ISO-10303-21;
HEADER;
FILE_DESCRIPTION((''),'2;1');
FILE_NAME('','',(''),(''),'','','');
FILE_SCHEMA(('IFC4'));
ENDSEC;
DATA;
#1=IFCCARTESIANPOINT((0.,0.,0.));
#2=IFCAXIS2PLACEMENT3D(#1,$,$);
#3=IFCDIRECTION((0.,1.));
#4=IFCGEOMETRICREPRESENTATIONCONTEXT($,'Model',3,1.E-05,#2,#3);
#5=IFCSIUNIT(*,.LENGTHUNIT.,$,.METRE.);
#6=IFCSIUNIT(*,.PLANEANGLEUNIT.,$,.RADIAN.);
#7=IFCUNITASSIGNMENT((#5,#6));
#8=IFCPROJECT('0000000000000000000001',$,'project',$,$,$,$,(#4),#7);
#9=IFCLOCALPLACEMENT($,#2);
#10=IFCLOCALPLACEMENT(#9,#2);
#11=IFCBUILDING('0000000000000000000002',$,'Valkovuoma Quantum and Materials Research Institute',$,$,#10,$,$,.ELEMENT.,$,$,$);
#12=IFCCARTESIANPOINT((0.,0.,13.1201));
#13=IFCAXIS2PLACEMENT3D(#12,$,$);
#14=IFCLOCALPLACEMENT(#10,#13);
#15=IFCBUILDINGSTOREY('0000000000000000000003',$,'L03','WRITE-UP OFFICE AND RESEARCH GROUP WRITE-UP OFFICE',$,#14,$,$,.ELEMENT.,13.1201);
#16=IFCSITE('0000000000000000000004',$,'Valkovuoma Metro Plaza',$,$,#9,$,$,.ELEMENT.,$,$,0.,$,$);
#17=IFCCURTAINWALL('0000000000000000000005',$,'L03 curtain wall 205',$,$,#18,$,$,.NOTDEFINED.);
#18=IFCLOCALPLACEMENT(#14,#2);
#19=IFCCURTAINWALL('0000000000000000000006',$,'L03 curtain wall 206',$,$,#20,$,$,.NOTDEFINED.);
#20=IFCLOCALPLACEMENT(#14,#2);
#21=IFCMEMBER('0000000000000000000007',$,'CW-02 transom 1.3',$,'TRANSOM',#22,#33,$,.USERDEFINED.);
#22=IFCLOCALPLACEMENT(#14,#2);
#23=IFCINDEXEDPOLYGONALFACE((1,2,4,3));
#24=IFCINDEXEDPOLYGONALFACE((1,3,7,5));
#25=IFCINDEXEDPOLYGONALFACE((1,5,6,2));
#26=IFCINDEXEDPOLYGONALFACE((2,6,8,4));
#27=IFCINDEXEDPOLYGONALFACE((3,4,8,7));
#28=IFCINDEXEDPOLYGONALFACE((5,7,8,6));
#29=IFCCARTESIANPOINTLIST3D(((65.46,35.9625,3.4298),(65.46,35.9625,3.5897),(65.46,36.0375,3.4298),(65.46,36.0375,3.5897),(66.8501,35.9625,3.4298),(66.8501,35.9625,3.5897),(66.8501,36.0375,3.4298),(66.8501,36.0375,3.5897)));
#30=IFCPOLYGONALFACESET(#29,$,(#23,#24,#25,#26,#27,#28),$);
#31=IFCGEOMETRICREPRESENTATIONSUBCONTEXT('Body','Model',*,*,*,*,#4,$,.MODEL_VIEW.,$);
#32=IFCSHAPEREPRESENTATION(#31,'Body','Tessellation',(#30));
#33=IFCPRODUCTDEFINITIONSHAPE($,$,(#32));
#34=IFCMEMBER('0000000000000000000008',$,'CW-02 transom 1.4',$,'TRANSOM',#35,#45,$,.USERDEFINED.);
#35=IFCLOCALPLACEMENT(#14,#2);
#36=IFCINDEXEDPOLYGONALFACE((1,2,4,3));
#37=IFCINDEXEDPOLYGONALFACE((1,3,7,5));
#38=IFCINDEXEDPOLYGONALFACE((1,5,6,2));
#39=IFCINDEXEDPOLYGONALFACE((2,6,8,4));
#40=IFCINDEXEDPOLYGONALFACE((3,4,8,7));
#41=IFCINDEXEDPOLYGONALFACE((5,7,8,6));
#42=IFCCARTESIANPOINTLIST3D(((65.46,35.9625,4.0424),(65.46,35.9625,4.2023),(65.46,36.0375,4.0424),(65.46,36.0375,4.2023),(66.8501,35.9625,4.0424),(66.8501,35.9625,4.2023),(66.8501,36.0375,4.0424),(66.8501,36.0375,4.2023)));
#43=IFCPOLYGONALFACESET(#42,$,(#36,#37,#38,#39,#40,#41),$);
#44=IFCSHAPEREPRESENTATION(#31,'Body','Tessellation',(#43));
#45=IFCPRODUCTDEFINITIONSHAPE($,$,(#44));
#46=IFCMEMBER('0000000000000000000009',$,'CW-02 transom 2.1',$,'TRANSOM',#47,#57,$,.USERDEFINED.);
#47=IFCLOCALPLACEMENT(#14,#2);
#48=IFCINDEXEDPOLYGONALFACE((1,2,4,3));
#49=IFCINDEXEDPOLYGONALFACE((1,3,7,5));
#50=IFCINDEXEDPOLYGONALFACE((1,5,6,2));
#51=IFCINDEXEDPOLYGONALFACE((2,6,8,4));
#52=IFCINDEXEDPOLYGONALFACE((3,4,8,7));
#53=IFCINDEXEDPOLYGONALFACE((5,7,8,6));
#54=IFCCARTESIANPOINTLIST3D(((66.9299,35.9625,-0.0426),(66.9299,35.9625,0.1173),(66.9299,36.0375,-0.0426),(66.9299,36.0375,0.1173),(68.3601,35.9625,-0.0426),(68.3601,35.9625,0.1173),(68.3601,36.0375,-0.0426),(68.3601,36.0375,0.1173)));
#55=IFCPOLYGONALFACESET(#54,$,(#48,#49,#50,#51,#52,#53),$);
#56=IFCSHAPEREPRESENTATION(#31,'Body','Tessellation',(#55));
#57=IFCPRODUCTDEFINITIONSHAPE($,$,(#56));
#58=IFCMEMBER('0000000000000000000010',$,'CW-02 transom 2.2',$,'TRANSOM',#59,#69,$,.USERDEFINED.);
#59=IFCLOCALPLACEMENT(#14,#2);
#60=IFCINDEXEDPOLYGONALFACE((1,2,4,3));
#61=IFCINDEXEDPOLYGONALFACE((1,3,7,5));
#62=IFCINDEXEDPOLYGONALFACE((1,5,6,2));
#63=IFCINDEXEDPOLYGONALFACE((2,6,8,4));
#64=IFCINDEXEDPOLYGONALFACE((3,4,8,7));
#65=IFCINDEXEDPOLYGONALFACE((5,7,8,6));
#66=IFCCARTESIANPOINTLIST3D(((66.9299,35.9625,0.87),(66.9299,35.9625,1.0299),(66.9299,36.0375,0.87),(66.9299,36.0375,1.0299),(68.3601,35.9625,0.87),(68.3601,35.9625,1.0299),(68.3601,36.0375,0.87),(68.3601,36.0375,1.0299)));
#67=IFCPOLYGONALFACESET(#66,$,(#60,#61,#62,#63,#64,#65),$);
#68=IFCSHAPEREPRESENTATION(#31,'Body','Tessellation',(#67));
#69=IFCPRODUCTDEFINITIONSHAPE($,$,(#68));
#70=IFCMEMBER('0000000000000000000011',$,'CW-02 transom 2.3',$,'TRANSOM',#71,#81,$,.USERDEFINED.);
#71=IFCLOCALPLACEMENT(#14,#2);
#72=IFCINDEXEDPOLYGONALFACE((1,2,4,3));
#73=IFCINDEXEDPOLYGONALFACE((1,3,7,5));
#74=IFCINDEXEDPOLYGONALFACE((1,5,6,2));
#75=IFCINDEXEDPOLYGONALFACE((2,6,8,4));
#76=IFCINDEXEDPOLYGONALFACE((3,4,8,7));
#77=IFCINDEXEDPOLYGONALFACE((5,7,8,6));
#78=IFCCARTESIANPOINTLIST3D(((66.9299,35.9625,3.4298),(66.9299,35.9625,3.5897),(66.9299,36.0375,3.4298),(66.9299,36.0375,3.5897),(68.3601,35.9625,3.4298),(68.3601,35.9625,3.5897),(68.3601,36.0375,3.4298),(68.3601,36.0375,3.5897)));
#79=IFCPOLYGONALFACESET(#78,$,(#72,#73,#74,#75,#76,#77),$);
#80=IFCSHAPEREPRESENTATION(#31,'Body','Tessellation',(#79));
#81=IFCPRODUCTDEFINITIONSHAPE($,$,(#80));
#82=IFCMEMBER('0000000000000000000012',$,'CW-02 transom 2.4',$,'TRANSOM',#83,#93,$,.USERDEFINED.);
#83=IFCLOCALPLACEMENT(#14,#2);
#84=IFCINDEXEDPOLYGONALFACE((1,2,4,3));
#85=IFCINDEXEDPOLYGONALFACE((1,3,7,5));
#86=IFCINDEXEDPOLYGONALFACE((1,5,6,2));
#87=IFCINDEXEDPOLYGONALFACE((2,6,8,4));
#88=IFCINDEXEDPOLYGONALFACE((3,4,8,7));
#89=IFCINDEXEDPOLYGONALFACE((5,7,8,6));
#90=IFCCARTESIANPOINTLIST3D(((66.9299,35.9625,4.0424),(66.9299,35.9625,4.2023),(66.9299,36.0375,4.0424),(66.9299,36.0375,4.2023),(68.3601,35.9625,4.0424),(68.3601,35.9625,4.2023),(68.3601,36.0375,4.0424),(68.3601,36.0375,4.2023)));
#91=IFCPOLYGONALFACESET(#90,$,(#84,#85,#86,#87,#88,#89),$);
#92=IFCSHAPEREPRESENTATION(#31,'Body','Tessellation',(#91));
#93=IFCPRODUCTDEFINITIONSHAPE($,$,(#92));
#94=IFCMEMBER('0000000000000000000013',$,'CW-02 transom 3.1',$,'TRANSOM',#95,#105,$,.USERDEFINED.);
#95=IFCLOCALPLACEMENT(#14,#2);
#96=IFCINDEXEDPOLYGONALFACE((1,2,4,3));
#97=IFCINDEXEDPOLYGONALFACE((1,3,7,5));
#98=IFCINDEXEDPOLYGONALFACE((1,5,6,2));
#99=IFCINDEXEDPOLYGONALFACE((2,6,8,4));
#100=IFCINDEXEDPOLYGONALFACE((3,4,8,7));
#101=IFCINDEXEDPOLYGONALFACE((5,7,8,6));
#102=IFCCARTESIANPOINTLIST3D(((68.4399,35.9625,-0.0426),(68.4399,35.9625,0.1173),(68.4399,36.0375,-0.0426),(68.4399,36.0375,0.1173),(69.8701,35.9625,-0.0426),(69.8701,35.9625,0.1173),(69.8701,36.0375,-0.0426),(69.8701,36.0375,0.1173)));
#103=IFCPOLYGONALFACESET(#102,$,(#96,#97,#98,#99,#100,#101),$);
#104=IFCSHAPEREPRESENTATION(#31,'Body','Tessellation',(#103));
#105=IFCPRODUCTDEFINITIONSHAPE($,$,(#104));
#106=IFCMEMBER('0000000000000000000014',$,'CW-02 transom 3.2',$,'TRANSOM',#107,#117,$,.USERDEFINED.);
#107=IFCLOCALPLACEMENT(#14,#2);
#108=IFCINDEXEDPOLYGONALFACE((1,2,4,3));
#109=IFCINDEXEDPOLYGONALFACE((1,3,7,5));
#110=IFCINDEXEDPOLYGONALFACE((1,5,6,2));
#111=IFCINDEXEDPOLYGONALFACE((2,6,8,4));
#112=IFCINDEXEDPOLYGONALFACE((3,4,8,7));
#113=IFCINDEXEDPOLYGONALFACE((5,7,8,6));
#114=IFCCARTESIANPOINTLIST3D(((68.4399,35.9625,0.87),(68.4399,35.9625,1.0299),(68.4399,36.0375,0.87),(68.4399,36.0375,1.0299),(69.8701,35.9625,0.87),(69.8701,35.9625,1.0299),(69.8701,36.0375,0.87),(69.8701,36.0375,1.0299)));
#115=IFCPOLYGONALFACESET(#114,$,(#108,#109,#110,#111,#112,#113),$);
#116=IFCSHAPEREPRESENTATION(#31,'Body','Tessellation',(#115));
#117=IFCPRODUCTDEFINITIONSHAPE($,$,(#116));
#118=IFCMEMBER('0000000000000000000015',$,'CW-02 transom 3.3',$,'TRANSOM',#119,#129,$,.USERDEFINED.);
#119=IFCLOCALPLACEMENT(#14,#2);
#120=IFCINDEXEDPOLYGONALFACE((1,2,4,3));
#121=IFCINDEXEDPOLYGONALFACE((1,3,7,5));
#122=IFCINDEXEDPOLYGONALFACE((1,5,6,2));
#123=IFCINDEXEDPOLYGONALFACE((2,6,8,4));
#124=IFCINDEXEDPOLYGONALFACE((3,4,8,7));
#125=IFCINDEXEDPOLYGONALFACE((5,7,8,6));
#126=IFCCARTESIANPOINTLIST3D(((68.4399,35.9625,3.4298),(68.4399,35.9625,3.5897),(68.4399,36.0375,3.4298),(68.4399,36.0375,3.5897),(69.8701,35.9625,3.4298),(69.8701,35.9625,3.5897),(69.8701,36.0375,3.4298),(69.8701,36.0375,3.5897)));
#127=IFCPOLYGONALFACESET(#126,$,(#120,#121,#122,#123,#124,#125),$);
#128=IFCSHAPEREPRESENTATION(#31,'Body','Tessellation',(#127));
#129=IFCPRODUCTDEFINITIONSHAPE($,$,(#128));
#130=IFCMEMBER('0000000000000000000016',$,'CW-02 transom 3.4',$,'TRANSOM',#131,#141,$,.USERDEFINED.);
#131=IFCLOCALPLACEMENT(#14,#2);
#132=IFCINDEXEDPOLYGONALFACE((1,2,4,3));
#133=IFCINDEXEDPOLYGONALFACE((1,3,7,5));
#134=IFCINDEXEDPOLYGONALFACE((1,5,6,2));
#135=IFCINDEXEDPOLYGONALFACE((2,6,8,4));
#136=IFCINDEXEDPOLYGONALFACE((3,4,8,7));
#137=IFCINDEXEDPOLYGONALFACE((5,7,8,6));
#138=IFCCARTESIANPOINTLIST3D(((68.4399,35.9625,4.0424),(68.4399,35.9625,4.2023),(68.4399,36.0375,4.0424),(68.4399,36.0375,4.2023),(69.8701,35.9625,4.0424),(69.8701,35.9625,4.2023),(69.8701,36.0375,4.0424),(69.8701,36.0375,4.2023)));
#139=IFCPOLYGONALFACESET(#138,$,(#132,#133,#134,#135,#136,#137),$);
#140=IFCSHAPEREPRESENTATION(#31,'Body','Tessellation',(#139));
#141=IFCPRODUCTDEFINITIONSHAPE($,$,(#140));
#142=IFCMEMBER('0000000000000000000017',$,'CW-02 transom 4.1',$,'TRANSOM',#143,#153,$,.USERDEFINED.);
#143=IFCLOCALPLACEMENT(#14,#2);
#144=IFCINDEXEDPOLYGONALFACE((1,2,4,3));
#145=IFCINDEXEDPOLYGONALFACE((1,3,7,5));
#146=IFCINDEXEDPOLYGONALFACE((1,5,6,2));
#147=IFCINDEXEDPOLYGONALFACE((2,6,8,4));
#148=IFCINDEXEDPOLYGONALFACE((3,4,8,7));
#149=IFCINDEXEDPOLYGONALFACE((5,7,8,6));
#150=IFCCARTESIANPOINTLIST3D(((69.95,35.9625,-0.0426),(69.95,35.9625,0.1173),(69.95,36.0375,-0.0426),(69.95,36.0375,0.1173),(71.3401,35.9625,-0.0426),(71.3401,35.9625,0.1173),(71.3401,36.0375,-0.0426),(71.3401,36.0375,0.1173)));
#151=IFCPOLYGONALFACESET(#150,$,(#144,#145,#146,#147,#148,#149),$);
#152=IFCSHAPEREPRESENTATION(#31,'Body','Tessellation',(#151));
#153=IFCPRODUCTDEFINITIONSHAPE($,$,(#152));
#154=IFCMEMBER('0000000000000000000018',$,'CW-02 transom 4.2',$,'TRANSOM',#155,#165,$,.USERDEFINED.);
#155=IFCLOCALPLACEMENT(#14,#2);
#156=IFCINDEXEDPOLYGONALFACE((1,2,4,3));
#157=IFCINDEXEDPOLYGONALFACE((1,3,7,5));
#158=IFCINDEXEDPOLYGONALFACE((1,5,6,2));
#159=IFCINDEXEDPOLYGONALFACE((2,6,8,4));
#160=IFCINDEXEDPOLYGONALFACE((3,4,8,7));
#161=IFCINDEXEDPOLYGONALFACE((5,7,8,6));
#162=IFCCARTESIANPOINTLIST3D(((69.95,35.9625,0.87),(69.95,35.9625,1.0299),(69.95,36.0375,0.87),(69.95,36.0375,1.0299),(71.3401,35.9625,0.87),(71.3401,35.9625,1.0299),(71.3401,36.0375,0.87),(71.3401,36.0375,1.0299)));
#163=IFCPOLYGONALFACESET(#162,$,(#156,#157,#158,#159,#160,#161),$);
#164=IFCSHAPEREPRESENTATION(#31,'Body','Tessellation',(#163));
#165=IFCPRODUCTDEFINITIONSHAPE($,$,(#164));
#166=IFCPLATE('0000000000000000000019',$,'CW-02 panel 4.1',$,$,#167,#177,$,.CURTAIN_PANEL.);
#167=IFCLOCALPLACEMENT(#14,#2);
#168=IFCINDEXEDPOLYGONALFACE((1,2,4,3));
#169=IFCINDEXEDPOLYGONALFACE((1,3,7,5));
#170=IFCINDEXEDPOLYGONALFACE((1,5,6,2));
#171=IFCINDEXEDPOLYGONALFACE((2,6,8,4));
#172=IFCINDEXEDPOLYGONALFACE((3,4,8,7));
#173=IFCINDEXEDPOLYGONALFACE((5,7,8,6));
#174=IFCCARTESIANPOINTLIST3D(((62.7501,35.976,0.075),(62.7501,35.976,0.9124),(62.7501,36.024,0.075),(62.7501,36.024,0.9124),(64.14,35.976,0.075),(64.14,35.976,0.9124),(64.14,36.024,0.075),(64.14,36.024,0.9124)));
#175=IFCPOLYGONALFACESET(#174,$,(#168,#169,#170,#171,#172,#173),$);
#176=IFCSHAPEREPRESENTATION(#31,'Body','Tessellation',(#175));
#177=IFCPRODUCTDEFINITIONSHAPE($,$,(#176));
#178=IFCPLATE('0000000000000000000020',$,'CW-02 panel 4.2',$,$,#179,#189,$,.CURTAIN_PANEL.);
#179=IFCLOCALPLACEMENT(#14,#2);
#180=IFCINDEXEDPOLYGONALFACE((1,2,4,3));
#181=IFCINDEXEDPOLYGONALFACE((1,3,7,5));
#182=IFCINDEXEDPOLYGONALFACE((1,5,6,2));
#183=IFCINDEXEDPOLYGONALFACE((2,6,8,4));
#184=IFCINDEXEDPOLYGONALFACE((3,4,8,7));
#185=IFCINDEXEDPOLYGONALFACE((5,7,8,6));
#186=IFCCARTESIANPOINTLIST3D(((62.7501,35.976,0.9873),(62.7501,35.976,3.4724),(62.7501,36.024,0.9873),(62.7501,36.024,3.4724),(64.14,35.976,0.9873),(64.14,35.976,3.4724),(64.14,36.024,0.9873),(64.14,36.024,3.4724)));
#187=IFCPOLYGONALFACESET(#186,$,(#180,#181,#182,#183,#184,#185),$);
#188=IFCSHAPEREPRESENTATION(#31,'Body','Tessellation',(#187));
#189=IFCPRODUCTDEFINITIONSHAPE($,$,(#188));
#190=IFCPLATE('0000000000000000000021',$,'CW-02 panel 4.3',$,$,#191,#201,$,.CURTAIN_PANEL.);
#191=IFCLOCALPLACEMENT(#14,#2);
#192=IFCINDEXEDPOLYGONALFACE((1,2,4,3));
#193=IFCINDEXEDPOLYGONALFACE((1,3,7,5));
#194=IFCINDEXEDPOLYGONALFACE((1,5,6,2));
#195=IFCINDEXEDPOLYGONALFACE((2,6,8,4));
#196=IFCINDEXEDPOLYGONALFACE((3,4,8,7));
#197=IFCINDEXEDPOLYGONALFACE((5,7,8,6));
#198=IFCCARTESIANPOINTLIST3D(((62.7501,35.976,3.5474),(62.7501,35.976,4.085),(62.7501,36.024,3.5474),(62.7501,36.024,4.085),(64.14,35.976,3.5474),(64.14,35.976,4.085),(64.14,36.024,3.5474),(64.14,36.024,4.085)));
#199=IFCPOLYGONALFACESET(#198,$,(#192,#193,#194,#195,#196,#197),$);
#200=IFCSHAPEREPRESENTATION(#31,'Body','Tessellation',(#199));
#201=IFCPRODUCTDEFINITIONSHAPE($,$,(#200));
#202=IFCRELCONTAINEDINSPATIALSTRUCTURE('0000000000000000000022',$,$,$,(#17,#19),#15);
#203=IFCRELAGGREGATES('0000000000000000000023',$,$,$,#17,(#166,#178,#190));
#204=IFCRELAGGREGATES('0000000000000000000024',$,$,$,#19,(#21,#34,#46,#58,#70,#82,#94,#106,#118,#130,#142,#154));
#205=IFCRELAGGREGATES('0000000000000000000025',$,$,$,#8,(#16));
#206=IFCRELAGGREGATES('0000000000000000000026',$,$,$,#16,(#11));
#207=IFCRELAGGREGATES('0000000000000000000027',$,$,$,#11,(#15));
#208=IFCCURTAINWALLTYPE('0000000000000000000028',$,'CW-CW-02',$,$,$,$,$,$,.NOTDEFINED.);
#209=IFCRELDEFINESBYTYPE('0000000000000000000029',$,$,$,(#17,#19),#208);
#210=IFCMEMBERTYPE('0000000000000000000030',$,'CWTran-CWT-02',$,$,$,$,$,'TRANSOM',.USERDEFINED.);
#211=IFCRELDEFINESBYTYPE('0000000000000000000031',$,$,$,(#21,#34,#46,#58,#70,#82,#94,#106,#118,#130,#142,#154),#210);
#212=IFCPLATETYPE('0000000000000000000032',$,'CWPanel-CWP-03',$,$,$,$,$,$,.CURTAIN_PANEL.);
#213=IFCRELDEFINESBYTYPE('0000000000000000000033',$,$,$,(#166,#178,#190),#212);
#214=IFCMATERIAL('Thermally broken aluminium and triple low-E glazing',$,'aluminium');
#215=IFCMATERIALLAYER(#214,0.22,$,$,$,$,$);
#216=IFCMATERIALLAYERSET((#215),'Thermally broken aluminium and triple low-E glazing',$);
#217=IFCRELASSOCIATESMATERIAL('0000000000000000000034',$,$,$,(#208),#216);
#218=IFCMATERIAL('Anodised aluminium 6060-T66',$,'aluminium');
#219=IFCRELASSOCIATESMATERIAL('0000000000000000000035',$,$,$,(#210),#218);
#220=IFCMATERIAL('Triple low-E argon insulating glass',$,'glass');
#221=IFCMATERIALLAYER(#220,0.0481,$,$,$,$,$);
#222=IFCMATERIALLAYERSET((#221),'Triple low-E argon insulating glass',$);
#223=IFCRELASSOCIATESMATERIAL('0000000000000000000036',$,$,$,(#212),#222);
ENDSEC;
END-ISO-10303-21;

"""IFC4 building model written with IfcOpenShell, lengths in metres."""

from ifc_helpers import new_model, si_unit, direction, frame, origin, origin_2d, place, context, subcontext, project, spatial, rectangle, extrude, material, layer, layer_set, material_profile, profile_set, type_object, element, aggregate, save


model = new_model("IFC4")

# Units and contexts
model_context = context("Model", 3, precision=1e-05, world=origin(), true_north=direction((0.0, 1.0)))
body_context = subcontext(model_context, "Body", "Model", "MODEL_VIEW")
ifc_project = project(units=[si_unit("LENGTHUNIT", "METRE"), si_unit("PLANEANGLEUNIT", "RADIAN")], contexts=[model_context])

# Site, building, storey
site_placement = place(None, origin())
site = spatial("IfcSite", under=ifc_project, at=site_placement, Name="Valkovuoma Metro Plaza", CompositionType="ELEMENT", RefElevation=0.0)
building_placement = place(site_placement, origin())
building = spatial("IfcBuilding", under=site, at=building_placement, Name="Valkovuoma Quantum and Materials Research Institute", CompositionType="ELEMENT")
storey_placement = place(building_placement, frame((0.0, 0.0, 13.1201)))
storey = spatial("IfcBuildingStorey", under=building, at=storey_placement, Name="L03", Description="WRITE-UP OFFICE AND RESEARCH GROUP WRITE-UP OFFICE", CompositionType="ELEMENT", Elevation=13.1201)

# Curtain wall
ifc_material_1 = material(Name="Thermally broken aluminium and triple low-E glazing", Category="aluminium")
ifc_layer_1 = layer(ifc_material_1, 0.22)
ifc_layer_set_1 = layer_set([ifc_layer_1], Name="Thermally broken aluminium and triple low-E glazing")
curtain_wall_type = type_object("IfcCurtainWallType", Name="CW-CW-02", PredefinedType="NOTDEFINED", material=ifc_layer_set_1)
curtain_wall_1_placement = place(storey_placement, origin())
curtain_wall_1 = element("IfcCurtainWall", 1, at=curtain_wall_1_placement, inside=storey, type_object=curtain_wall_type, Name="L03 curtain wall 205", PredefinedType="NOTDEFINED")

# Curtain wall
curtain_wall_2_placement = place(storey_placement, origin())
curtain_wall_2 = element("IfcCurtainWall", 2, at=curtain_wall_2_placement, inside=storey, type_object=curtain_wall_type, Name="L03 curtain wall 206", PredefinedType="NOTDEFINED")

# Members
ifc_material_2 = material(Name="Anodised aluminium 6060-T66", Category="aluminium")
ifc_material_profile_1 = material_profile(ifc_material_2, rectangle(XDim=0.075, YDim=0.1599, at=origin_2d()), Name="Anodised aluminium 6060-T66")
ifc_profile_set_1 = profile_set([ifc_material_profile_1], Name="Anodised aluminium 6060-T66")
member_type_1 = type_object("IfcMemberType", Name="CWTran-CWT-02", ElementType="TRANSOM", PredefinedType="USERDEFINED", material=ifc_profile_set_1)
member_1_placement = place(storey_placement, frame((65.46, 36.0, 3.5098), z_axis=(1.0, 0.0, 0.0), x_axis=(0.0, 1.0, 0.0)))
member_1 = element("IfcMember", 3, at=member_1_placement, type_object=member_type_1, Name="CW-02 transom 1.3", ObjectType="TRANSOM", PredefinedType="USERDEFINED", context=body_context, shape_type="SweptSolid", body=[
    extrude(rectangle(XDim=0.075, YDim=0.1599, at=origin_2d()), origin(), (0.0, 0.0, 1.0), 1.3901),
])
member_2_placement = place(storey_placement, frame((65.46, 36.0, 4.1223), z_axis=(1.0, 0.0, 0.0), x_axis=(0.0, 1.0, 0.0)))
member_2 = element("IfcMember", 4, at=member_2_placement, type_object=member_type_1, Name="CW-02 transom 1.4", ObjectType="TRANSOM", PredefinedType="USERDEFINED", context=body_context, shape_type="SweptSolid", body=[
    extrude(rectangle(XDim=0.075, YDim=0.1599, at=origin_2d()), origin(), (0.0, 0.0, 1.0), 1.3901),
])
member_3_placement = place(storey_placement, frame((66.9299, 36.0, 0.0374), z_axis=(1.0, 0.0, 0.0), x_axis=(0.0, 1.0, 0.0)))
member_3 = element("IfcMember", 5, at=member_3_placement, type_object=member_type_1, Name="CW-02 transom 2.1", ObjectType="TRANSOM", PredefinedType="USERDEFINED", context=body_context, shape_type="SweptSolid", body=[
    extrude(rectangle(XDim=0.075, YDim=0.1599, at=origin_2d()), origin(), (0.0, 0.0, 1.0), 1.4302),
])
member_4_placement = place(storey_placement, frame((66.9299, 36.0, 0.95), z_axis=(1.0, 0.0, 0.0), x_axis=(0.0, 1.0, 0.0)))
member_4 = element("IfcMember", 6, at=member_4_placement, type_object=member_type_1, Name="CW-02 transom 2.2", ObjectType="TRANSOM", PredefinedType="USERDEFINED", context=body_context, shape_type="SweptSolid", body=[
    extrude(rectangle(XDim=0.075, YDim=0.1599, at=origin_2d()), origin(), (0.0, 0.0, 1.0), 1.4302),
])
member_5_placement = place(storey_placement, frame((66.9299, 36.0, 3.5098), z_axis=(1.0, 0.0, 0.0), x_axis=(0.0, 1.0, 0.0)))
member_5 = element("IfcMember", 7, at=member_5_placement, type_object=member_type_1, Name="CW-02 transom 2.3", ObjectType="TRANSOM", PredefinedType="USERDEFINED", context=body_context, shape_type="SweptSolid", body=[
    extrude(rectangle(XDim=0.075, YDim=0.1599, at=origin_2d()), origin(), (0.0, 0.0, 1.0), 1.4302),
])
member_6_placement = place(storey_placement, frame((66.9299, 36.0, 4.1223), z_axis=(1.0, 0.0, 0.0), x_axis=(0.0, 1.0, 0.0)))
member_6 = element("IfcMember", 8, at=member_6_placement, type_object=member_type_1, Name="CW-02 transom 2.4", ObjectType="TRANSOM", PredefinedType="USERDEFINED", context=body_context, shape_type="SweptSolid", body=[
    extrude(rectangle(XDim=0.075, YDim=0.1599, at=origin_2d()), origin(), (0.0, 0.0, 1.0), 1.4302),
])
member_7_placement = place(storey_placement, frame((68.4399, 36.0, 0.0374), z_axis=(1.0, 0.0, 0.0), x_axis=(0.0, 1.0, 0.0)))
member_7 = element("IfcMember", 9, at=member_7_placement, type_object=member_type_1, Name="CW-02 transom 3.1", ObjectType="TRANSOM", PredefinedType="USERDEFINED", context=body_context, shape_type="SweptSolid", body=[
    extrude(rectangle(XDim=0.075, YDim=0.1599, at=origin_2d()), origin(), (0.0, 0.0, 1.0), 1.4302),
])
member_8_placement = place(storey_placement, frame((68.4399, 36.0, 0.95), z_axis=(1.0, 0.0, 0.0), x_axis=(0.0, 1.0, 0.0)))
member_8 = element("IfcMember", 10, at=member_8_placement, type_object=member_type_1, Name="CW-02 transom 3.2", ObjectType="TRANSOM", PredefinedType="USERDEFINED", context=body_context, shape_type="SweptSolid", body=[
    extrude(rectangle(XDim=0.075, YDim=0.1599, at=origin_2d()), origin(), (0.0, 0.0, 1.0), 1.4302),
])
member_9_placement = place(storey_placement, frame((68.4399, 36.0, 3.5098), z_axis=(1.0, 0.0, 0.0), x_axis=(0.0, 1.0, 0.0)))
member_9 = element("IfcMember", 11, at=member_9_placement, type_object=member_type_1, Name="CW-02 transom 3.3", ObjectType="TRANSOM", PredefinedType="USERDEFINED", context=body_context, shape_type="SweptSolid", body=[
    extrude(rectangle(XDim=0.075, YDim=0.1599, at=origin_2d()), origin(), (0.0, 0.0, 1.0), 1.4302),
])
member_10_placement = place(storey_placement, frame((68.4399, 36.0, 4.1223), z_axis=(1.0, 0.0, 0.0), x_axis=(0.0, 1.0, 0.0)))
member_10 = element("IfcMember", 12, at=member_10_placement, type_object=member_type_1, Name="CW-02 transom 3.4", ObjectType="TRANSOM", PredefinedType="USERDEFINED", context=body_context, shape_type="SweptSolid", body=[
    extrude(rectangle(XDim=0.075, YDim=0.1599, at=origin_2d()), origin(), (0.0, 0.0, 1.0), 1.4302),
])
member_11_placement = place(storey_placement, frame((69.95, 36.0, 0.0374), z_axis=(1.0, 0.0, 0.0), x_axis=(0.0, 1.0, 0.0)))
member_11 = element("IfcMember", 13, at=member_11_placement, type_object=member_type_1, Name="CW-02 transom 4.1", ObjectType="TRANSOM", PredefinedType="USERDEFINED", context=body_context, shape_type="SweptSolid", body=[
    extrude(rectangle(XDim=0.075, YDim=0.1599, at=origin_2d()), origin(), (0.0, 0.0, 1.0), 1.3901),
])
member_12_placement = place(storey_placement, frame((69.95, 36.0, 0.95), z_axis=(1.0, 0.0, 0.0), x_axis=(0.0, 1.0, 0.0)))
member_12 = element("IfcMember", 14, at=member_12_placement, type_object=member_type_1, Name="CW-02 transom 4.2", ObjectType="TRANSOM", PredefinedType="USERDEFINED", context=body_context, shape_type="SweptSolid", body=[
    extrude(rectangle(XDim=0.075, YDim=0.1599, at=origin_2d()), origin(), (0.0, 0.0, 1.0), 1.3901),
])

# Plates
ifc_material_3 = material(Name="Triple low-E argon insulating glass", Category="glass")
ifc_layer_2 = layer(ifc_material_3, 0.0481)
ifc_layer_set_2 = layer_set([ifc_layer_2], Name="Triple low-E argon insulating glass")
plate_type_1 = type_object("IfcPlateType", Name="CWPanel-CWP-03", PredefinedType="CURTAIN_PANEL", material=ifc_layer_set_2)
plate_1_placement = place(storey_placement, frame((63.4451, 36.0, 0.075), z_axis=(0.0, 0.0, 1.0), x_axis=(1.0, 0.0, 0.0)))
plate_1 = element("IfcPlate", 15, at=plate_1_placement, type_object=plate_type_1, Name="CW-02 panel 4.1", PredefinedType="CURTAIN_PANEL", context=body_context, shape_type="SweptSolid", body=[
    extrude(rectangle(XDim=1.3899, YDim=0.0481, at=origin_2d()), origin(), (0.0, 0.0, 1.0), 0.8374),
])
plate_2_placement = place(storey_placement, frame((63.4451, 36.0, 0.9873), z_axis=(0.0, 0.0, 1.0), x_axis=(1.0, 0.0, 0.0)))
plate_2 = element("IfcPlate", 16, at=plate_2_placement, type_object=plate_type_1, Name="CW-02 panel 4.2", PredefinedType="CURTAIN_PANEL", context=body_context, shape_type="SweptSolid", body=[
    extrude(rectangle(XDim=1.3899, YDim=0.0481, at=origin_2d()), origin(), (0.0, 0.0, 1.0), 2.4851),
])
plate_3_placement = place(storey_placement, frame((63.4451, 36.0, 3.5474), z_axis=(0.0, 0.0, 1.0), x_axis=(1.0, 0.0, 0.0)))
plate_3 = element("IfcPlate", 17, at=plate_3_placement, type_object=plate_type_1, Name="CW-02 panel 4.3", PredefinedType="CURTAIN_PANEL", context=body_context, shape_type="SweptSolid", body=[
    extrude(rectangle(XDim=1.3899, YDim=0.0481, at=origin_2d()), origin(), (0.0, 0.0, 1.0), 0.5376),
])
aggregate(curtain_wall_1, [plate_1, plate_2, plate_3])
aggregate(curtain_wall_2, [member_1, member_2, member_3, member_4, member_5, member_6, member_7, member_8, member_9, member_10, member_11, member_12])

save(model, "model.ifc")
